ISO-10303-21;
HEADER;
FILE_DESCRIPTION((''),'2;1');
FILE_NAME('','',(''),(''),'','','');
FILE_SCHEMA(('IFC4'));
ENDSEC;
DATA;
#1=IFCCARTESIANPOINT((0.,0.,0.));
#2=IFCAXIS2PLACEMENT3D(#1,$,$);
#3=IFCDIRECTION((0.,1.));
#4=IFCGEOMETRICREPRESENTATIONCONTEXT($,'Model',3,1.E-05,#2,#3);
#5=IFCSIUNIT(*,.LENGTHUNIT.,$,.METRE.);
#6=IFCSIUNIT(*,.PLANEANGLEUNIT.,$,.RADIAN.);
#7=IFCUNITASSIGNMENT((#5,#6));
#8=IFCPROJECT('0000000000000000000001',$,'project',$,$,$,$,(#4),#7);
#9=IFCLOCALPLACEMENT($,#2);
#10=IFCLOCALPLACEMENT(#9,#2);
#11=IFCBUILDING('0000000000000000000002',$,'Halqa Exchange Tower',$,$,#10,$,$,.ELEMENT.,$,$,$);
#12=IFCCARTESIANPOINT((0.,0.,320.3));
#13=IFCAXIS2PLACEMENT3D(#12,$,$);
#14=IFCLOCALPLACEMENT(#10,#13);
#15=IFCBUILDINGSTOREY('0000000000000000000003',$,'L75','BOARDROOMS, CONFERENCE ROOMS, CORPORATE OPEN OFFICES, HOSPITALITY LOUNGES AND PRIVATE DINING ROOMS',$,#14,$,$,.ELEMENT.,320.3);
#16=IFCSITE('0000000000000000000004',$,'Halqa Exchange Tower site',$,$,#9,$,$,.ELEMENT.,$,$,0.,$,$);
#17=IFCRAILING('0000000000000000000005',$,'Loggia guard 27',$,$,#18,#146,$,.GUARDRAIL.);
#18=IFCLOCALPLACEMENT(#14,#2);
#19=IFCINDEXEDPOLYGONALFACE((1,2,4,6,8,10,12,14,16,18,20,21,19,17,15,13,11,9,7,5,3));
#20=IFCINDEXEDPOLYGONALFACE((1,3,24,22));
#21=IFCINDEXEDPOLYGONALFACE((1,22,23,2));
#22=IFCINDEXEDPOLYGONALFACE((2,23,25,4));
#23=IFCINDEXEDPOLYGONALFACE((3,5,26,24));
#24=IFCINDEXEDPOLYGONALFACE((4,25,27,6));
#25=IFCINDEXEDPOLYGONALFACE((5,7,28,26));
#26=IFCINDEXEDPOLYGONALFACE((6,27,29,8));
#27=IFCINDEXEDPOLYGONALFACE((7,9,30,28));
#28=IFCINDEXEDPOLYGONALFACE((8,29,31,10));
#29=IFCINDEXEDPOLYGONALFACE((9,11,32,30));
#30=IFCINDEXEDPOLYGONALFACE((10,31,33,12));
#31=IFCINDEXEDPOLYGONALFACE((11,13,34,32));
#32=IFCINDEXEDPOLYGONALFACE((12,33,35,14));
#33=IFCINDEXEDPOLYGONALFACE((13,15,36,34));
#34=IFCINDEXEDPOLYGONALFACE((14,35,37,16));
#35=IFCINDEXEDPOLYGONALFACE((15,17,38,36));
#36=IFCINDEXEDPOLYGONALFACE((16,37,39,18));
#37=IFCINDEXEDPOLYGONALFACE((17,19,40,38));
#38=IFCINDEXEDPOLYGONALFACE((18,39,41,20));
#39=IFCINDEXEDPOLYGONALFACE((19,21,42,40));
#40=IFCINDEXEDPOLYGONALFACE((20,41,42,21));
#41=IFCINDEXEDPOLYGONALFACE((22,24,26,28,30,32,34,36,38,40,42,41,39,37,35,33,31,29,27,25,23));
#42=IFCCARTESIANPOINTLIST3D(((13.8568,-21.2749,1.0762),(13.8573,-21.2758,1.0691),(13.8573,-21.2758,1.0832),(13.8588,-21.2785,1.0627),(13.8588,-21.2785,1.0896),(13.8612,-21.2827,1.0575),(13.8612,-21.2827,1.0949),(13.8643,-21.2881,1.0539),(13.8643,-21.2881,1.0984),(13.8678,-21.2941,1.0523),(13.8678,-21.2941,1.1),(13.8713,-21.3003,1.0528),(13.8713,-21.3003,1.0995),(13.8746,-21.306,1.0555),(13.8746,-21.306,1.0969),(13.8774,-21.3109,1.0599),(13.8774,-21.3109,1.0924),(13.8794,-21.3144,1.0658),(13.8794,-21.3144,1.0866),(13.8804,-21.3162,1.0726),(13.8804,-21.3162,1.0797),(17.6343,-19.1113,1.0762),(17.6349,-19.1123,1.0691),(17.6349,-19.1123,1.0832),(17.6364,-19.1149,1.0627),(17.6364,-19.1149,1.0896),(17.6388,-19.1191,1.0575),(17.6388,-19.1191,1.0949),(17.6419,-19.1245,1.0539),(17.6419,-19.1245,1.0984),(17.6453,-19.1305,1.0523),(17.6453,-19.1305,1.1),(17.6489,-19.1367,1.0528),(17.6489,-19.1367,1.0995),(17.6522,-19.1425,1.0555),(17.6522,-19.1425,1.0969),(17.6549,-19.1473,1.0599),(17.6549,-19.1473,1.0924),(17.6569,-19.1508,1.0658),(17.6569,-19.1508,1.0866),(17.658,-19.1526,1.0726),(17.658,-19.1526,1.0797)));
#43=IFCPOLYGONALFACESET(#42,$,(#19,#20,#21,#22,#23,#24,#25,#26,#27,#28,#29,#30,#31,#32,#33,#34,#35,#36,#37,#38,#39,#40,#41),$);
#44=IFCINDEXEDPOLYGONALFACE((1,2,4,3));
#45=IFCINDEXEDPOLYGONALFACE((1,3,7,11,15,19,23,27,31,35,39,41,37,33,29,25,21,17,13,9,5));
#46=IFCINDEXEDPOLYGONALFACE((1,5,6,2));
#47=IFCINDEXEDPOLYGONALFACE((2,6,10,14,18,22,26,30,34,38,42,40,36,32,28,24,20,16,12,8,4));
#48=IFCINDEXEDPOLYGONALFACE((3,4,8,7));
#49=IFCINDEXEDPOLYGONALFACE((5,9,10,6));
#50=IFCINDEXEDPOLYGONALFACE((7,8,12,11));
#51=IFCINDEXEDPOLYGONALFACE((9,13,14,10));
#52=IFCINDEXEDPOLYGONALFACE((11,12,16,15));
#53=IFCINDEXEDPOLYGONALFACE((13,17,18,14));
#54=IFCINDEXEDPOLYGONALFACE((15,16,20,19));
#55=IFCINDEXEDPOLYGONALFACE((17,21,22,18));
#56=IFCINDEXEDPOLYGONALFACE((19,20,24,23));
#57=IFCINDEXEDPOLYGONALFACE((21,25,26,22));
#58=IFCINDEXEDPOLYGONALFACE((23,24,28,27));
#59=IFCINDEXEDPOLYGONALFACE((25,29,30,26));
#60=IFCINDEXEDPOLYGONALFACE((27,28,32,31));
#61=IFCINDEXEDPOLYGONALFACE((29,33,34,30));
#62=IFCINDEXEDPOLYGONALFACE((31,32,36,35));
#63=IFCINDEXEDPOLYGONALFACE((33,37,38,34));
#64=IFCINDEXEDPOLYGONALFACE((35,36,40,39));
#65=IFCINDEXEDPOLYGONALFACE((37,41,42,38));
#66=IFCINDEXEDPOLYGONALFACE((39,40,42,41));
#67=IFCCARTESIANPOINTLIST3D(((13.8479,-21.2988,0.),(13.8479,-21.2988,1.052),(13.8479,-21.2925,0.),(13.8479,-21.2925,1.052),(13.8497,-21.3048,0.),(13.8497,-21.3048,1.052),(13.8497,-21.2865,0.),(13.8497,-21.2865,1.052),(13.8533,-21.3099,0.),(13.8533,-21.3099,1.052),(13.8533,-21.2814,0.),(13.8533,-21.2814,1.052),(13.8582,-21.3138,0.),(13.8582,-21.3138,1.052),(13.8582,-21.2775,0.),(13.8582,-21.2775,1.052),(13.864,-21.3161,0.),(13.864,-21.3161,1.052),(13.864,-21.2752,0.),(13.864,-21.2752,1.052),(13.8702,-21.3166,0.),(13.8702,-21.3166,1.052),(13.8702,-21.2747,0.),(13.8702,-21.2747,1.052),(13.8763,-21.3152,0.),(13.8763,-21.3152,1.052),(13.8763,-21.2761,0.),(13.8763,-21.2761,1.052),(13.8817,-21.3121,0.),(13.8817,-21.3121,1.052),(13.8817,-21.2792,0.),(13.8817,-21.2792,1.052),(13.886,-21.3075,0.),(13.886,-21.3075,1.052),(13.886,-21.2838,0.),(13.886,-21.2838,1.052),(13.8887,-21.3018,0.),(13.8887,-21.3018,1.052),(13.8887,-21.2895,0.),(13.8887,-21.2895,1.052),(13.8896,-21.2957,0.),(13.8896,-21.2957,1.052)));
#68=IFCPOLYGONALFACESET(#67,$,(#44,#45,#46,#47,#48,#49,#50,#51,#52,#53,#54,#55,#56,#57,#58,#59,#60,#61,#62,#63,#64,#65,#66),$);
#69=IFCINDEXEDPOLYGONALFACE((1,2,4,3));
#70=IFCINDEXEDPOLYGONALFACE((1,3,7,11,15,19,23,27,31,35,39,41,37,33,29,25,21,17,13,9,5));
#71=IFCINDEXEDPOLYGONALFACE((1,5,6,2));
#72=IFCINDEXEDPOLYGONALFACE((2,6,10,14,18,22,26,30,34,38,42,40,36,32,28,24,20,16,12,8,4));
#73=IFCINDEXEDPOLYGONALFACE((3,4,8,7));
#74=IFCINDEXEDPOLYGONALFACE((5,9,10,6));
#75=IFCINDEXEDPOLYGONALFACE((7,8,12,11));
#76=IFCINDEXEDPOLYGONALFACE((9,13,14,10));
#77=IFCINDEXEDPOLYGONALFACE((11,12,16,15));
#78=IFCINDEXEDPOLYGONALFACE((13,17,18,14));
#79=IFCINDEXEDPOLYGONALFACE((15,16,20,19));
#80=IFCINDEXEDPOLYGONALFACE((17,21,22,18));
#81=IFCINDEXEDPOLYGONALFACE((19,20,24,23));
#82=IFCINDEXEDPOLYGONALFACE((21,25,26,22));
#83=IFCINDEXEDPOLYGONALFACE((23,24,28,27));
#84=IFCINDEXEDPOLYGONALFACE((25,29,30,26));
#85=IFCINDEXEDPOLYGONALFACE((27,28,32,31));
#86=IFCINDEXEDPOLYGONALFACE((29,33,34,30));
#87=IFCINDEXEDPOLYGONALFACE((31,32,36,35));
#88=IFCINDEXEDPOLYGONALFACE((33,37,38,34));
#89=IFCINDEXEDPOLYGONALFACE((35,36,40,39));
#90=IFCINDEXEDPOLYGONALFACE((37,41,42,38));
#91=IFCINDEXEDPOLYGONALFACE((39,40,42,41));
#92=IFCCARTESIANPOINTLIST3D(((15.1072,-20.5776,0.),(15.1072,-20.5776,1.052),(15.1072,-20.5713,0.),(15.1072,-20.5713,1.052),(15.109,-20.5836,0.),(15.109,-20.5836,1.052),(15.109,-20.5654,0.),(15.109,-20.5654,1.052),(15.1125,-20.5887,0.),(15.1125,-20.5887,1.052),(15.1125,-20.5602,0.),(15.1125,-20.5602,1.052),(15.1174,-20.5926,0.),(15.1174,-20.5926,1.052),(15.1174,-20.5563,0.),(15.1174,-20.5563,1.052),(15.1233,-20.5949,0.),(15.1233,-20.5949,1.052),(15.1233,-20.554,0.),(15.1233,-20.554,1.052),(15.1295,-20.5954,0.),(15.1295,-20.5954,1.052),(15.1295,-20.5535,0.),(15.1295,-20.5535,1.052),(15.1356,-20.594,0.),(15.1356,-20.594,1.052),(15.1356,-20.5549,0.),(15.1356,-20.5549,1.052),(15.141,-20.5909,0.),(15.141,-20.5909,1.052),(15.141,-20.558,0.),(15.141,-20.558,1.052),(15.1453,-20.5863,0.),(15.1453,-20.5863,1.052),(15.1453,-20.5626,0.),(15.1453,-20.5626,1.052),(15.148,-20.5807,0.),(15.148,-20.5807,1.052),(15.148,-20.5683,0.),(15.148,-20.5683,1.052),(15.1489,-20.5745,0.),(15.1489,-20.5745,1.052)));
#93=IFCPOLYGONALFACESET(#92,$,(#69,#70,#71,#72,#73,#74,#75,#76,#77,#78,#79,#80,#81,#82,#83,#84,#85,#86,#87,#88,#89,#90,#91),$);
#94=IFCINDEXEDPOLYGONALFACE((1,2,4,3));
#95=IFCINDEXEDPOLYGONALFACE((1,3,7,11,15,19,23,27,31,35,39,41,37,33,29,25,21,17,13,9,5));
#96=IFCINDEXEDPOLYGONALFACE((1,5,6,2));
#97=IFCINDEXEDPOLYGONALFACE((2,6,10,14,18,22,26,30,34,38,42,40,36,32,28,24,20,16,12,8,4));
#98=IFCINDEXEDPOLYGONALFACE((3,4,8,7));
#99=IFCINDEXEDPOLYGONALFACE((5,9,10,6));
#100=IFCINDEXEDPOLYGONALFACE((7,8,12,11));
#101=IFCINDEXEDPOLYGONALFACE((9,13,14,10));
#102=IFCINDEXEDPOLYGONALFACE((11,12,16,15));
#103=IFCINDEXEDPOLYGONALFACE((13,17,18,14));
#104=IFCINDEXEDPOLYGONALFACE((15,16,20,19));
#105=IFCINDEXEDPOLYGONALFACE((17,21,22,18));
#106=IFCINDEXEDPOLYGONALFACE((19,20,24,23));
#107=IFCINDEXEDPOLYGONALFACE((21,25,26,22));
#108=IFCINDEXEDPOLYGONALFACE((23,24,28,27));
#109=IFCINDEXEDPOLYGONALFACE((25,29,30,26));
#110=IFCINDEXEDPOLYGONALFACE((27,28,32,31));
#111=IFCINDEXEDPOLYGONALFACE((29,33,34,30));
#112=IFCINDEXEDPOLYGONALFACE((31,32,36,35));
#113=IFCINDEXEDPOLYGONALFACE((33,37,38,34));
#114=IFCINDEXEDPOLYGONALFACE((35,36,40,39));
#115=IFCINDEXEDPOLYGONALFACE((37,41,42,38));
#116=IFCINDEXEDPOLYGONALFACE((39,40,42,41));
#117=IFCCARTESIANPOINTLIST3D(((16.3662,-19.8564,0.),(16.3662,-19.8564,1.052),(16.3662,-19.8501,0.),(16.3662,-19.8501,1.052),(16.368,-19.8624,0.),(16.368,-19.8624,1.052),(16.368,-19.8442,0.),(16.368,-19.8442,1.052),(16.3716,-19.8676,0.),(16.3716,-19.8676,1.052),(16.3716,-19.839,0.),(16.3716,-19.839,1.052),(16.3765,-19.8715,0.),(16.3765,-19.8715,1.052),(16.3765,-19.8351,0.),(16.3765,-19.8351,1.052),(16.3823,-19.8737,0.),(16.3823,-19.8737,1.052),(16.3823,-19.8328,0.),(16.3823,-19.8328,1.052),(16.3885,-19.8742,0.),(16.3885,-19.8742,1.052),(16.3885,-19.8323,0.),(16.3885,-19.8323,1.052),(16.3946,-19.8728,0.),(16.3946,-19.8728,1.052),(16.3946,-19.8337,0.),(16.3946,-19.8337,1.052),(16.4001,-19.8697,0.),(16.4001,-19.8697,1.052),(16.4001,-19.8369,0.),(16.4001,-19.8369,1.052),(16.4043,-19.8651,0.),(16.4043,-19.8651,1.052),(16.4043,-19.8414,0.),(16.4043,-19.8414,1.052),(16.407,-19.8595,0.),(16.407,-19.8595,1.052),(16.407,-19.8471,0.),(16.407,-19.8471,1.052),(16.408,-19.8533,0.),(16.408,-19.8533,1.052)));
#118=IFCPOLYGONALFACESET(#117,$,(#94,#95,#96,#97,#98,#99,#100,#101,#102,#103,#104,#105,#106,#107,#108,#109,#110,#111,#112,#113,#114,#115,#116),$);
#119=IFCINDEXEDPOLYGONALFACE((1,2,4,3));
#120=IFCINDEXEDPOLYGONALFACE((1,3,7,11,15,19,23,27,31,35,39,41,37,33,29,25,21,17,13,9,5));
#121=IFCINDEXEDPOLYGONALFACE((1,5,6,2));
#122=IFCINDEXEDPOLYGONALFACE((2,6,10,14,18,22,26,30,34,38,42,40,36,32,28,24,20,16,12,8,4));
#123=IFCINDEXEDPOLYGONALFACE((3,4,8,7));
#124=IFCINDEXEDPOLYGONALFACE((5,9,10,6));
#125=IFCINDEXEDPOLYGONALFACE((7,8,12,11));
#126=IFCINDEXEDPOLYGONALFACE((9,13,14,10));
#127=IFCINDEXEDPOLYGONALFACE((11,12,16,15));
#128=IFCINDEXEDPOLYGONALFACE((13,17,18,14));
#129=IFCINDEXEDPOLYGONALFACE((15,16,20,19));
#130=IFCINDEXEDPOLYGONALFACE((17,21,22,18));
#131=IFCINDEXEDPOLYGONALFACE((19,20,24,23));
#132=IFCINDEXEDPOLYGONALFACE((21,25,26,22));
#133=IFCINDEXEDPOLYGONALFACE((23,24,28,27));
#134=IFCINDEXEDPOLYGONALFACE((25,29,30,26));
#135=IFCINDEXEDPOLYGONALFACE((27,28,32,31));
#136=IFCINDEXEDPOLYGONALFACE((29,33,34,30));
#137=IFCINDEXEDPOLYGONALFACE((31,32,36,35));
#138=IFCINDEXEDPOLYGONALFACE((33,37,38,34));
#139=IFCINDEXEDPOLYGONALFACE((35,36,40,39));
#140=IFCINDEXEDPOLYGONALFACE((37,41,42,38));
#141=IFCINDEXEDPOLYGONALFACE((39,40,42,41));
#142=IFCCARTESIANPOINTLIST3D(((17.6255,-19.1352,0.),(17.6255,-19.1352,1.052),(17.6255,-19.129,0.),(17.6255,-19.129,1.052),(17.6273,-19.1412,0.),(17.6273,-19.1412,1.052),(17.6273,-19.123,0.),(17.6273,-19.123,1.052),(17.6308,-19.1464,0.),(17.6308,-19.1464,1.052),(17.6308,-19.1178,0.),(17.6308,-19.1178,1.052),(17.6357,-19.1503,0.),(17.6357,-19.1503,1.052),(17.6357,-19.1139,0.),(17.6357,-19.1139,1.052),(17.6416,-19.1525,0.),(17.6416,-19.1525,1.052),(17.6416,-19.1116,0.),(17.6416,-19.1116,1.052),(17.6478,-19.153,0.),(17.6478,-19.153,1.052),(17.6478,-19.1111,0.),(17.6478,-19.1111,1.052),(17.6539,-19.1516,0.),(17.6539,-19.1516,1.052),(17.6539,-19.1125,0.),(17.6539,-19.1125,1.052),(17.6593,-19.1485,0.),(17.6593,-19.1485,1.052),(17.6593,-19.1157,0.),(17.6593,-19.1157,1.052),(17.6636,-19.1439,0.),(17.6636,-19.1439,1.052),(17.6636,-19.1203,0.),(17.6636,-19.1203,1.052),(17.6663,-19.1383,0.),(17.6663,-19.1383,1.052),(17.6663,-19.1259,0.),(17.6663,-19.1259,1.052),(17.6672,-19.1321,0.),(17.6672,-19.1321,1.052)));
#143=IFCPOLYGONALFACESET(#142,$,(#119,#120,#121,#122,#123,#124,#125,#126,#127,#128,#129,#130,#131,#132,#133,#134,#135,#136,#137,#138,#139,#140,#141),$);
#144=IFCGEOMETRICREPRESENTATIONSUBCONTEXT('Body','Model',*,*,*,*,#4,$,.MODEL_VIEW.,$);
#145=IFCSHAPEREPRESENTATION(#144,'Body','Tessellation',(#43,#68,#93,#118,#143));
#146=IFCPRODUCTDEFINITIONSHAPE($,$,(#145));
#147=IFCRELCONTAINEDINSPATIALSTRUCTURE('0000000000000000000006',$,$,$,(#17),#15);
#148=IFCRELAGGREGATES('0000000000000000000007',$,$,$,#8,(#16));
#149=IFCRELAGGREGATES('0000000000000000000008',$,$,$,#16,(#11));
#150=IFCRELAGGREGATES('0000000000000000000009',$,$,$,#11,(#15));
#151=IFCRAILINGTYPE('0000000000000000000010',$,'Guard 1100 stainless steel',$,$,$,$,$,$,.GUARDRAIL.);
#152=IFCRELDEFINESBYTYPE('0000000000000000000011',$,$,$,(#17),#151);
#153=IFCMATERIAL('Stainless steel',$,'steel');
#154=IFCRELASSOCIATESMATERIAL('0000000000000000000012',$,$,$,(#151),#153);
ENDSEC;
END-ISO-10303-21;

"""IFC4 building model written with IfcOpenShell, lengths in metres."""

from ifc_helpers import new_model, si_unit, direction, frame, origin, origin_2d, place, context, subcontext, project, spatial, circle, extrude, material, type_object, element, save


model = new_model("IFC4")

# Units and contexts
model_context = context("Model", 3, precision=1e-05, world=origin(), true_north=direction((0.0, 1.0)))
body_context = subcontext(model_context, "Body", "Model", "MODEL_VIEW")
ifc_project = project(units=[si_unit("LENGTHUNIT", "METRE"), si_unit("PLANEANGLEUNIT", "RADIAN")], contexts=[model_context])

# Site, building, storey
site_placement = place(None, origin())
site = spatial("IfcSite", under=ifc_project, at=site_placement, Name="Halqa Exchange Tower site", CompositionType="ELEMENT", RefElevation=0.0)
building_placement = place(site_placement, origin())
building = spatial("IfcBuilding", under=site, at=building_placement, Name="Halqa Exchange Tower", CompositionType="ELEMENT")
storey_placement = place(building_placement, frame((0.0, 0.0, 320.3)))
storey = spatial("IfcBuildingStorey", under=building, at=storey_placement, Name="L75", Description="BOARDROOMS, CONFERENCE ROOMS, CORPORATE OPEN OFFICES, HOSPITALITY LOUNGES AND PRIVATE DINING ROOMS", CompositionType="ELEMENT", Elevation=320.3)

# Railing
ifc_material_1 = material(Name="Stainless steel", Category="steel")
railing_type = type_object("IfcRailingType", Name="Guard 1100 stainless steel", PredefinedType="GUARDRAIL", material=ifc_material_1)
railing_1_placement = place(storey_placement, frame((13.8687, -21.2957, 0.0)))
element("IfcRailing", 1, at=railing_1_placement, inside=storey, type_object=railing_type, Name="Loggia guard 27", PredefinedType="GUARDRAIL", context=body_context, shape_type="SweptSolid", body=[
    extrude(circle(Radius=0.0239, at=origin_2d()), frame((0.0, 0.0, 1.0762), z_axis=(0.867753, 0.496996, 0.0), x_axis=(-0.496996, 0.867753, 0.0)), (0.0, 0.0, 1.0), 4.3533),
    extrude(circle(Radius=0.021, at=origin_2d()), origin(), (0.0, 0.0, 1.0), 1.052),
    extrude(circle(Radius=0.021, at=origin_2d()), frame((1.2593, 0.7212, 0.0)), (0.0, 0.0, 1.0), 1.052),
    extrude(circle(Radius=0.021, at=origin_2d()), frame((2.5183, 1.4424, 0.0)), (0.0, 0.0, 1.0), 1.052),
    extrude(circle(Radius=0.021, at=origin_2d()), frame((3.7776, 2.1636, 0.0)), (0.0, 0.0, 1.0), 1.052),
])

save(model, "model.ifc")
